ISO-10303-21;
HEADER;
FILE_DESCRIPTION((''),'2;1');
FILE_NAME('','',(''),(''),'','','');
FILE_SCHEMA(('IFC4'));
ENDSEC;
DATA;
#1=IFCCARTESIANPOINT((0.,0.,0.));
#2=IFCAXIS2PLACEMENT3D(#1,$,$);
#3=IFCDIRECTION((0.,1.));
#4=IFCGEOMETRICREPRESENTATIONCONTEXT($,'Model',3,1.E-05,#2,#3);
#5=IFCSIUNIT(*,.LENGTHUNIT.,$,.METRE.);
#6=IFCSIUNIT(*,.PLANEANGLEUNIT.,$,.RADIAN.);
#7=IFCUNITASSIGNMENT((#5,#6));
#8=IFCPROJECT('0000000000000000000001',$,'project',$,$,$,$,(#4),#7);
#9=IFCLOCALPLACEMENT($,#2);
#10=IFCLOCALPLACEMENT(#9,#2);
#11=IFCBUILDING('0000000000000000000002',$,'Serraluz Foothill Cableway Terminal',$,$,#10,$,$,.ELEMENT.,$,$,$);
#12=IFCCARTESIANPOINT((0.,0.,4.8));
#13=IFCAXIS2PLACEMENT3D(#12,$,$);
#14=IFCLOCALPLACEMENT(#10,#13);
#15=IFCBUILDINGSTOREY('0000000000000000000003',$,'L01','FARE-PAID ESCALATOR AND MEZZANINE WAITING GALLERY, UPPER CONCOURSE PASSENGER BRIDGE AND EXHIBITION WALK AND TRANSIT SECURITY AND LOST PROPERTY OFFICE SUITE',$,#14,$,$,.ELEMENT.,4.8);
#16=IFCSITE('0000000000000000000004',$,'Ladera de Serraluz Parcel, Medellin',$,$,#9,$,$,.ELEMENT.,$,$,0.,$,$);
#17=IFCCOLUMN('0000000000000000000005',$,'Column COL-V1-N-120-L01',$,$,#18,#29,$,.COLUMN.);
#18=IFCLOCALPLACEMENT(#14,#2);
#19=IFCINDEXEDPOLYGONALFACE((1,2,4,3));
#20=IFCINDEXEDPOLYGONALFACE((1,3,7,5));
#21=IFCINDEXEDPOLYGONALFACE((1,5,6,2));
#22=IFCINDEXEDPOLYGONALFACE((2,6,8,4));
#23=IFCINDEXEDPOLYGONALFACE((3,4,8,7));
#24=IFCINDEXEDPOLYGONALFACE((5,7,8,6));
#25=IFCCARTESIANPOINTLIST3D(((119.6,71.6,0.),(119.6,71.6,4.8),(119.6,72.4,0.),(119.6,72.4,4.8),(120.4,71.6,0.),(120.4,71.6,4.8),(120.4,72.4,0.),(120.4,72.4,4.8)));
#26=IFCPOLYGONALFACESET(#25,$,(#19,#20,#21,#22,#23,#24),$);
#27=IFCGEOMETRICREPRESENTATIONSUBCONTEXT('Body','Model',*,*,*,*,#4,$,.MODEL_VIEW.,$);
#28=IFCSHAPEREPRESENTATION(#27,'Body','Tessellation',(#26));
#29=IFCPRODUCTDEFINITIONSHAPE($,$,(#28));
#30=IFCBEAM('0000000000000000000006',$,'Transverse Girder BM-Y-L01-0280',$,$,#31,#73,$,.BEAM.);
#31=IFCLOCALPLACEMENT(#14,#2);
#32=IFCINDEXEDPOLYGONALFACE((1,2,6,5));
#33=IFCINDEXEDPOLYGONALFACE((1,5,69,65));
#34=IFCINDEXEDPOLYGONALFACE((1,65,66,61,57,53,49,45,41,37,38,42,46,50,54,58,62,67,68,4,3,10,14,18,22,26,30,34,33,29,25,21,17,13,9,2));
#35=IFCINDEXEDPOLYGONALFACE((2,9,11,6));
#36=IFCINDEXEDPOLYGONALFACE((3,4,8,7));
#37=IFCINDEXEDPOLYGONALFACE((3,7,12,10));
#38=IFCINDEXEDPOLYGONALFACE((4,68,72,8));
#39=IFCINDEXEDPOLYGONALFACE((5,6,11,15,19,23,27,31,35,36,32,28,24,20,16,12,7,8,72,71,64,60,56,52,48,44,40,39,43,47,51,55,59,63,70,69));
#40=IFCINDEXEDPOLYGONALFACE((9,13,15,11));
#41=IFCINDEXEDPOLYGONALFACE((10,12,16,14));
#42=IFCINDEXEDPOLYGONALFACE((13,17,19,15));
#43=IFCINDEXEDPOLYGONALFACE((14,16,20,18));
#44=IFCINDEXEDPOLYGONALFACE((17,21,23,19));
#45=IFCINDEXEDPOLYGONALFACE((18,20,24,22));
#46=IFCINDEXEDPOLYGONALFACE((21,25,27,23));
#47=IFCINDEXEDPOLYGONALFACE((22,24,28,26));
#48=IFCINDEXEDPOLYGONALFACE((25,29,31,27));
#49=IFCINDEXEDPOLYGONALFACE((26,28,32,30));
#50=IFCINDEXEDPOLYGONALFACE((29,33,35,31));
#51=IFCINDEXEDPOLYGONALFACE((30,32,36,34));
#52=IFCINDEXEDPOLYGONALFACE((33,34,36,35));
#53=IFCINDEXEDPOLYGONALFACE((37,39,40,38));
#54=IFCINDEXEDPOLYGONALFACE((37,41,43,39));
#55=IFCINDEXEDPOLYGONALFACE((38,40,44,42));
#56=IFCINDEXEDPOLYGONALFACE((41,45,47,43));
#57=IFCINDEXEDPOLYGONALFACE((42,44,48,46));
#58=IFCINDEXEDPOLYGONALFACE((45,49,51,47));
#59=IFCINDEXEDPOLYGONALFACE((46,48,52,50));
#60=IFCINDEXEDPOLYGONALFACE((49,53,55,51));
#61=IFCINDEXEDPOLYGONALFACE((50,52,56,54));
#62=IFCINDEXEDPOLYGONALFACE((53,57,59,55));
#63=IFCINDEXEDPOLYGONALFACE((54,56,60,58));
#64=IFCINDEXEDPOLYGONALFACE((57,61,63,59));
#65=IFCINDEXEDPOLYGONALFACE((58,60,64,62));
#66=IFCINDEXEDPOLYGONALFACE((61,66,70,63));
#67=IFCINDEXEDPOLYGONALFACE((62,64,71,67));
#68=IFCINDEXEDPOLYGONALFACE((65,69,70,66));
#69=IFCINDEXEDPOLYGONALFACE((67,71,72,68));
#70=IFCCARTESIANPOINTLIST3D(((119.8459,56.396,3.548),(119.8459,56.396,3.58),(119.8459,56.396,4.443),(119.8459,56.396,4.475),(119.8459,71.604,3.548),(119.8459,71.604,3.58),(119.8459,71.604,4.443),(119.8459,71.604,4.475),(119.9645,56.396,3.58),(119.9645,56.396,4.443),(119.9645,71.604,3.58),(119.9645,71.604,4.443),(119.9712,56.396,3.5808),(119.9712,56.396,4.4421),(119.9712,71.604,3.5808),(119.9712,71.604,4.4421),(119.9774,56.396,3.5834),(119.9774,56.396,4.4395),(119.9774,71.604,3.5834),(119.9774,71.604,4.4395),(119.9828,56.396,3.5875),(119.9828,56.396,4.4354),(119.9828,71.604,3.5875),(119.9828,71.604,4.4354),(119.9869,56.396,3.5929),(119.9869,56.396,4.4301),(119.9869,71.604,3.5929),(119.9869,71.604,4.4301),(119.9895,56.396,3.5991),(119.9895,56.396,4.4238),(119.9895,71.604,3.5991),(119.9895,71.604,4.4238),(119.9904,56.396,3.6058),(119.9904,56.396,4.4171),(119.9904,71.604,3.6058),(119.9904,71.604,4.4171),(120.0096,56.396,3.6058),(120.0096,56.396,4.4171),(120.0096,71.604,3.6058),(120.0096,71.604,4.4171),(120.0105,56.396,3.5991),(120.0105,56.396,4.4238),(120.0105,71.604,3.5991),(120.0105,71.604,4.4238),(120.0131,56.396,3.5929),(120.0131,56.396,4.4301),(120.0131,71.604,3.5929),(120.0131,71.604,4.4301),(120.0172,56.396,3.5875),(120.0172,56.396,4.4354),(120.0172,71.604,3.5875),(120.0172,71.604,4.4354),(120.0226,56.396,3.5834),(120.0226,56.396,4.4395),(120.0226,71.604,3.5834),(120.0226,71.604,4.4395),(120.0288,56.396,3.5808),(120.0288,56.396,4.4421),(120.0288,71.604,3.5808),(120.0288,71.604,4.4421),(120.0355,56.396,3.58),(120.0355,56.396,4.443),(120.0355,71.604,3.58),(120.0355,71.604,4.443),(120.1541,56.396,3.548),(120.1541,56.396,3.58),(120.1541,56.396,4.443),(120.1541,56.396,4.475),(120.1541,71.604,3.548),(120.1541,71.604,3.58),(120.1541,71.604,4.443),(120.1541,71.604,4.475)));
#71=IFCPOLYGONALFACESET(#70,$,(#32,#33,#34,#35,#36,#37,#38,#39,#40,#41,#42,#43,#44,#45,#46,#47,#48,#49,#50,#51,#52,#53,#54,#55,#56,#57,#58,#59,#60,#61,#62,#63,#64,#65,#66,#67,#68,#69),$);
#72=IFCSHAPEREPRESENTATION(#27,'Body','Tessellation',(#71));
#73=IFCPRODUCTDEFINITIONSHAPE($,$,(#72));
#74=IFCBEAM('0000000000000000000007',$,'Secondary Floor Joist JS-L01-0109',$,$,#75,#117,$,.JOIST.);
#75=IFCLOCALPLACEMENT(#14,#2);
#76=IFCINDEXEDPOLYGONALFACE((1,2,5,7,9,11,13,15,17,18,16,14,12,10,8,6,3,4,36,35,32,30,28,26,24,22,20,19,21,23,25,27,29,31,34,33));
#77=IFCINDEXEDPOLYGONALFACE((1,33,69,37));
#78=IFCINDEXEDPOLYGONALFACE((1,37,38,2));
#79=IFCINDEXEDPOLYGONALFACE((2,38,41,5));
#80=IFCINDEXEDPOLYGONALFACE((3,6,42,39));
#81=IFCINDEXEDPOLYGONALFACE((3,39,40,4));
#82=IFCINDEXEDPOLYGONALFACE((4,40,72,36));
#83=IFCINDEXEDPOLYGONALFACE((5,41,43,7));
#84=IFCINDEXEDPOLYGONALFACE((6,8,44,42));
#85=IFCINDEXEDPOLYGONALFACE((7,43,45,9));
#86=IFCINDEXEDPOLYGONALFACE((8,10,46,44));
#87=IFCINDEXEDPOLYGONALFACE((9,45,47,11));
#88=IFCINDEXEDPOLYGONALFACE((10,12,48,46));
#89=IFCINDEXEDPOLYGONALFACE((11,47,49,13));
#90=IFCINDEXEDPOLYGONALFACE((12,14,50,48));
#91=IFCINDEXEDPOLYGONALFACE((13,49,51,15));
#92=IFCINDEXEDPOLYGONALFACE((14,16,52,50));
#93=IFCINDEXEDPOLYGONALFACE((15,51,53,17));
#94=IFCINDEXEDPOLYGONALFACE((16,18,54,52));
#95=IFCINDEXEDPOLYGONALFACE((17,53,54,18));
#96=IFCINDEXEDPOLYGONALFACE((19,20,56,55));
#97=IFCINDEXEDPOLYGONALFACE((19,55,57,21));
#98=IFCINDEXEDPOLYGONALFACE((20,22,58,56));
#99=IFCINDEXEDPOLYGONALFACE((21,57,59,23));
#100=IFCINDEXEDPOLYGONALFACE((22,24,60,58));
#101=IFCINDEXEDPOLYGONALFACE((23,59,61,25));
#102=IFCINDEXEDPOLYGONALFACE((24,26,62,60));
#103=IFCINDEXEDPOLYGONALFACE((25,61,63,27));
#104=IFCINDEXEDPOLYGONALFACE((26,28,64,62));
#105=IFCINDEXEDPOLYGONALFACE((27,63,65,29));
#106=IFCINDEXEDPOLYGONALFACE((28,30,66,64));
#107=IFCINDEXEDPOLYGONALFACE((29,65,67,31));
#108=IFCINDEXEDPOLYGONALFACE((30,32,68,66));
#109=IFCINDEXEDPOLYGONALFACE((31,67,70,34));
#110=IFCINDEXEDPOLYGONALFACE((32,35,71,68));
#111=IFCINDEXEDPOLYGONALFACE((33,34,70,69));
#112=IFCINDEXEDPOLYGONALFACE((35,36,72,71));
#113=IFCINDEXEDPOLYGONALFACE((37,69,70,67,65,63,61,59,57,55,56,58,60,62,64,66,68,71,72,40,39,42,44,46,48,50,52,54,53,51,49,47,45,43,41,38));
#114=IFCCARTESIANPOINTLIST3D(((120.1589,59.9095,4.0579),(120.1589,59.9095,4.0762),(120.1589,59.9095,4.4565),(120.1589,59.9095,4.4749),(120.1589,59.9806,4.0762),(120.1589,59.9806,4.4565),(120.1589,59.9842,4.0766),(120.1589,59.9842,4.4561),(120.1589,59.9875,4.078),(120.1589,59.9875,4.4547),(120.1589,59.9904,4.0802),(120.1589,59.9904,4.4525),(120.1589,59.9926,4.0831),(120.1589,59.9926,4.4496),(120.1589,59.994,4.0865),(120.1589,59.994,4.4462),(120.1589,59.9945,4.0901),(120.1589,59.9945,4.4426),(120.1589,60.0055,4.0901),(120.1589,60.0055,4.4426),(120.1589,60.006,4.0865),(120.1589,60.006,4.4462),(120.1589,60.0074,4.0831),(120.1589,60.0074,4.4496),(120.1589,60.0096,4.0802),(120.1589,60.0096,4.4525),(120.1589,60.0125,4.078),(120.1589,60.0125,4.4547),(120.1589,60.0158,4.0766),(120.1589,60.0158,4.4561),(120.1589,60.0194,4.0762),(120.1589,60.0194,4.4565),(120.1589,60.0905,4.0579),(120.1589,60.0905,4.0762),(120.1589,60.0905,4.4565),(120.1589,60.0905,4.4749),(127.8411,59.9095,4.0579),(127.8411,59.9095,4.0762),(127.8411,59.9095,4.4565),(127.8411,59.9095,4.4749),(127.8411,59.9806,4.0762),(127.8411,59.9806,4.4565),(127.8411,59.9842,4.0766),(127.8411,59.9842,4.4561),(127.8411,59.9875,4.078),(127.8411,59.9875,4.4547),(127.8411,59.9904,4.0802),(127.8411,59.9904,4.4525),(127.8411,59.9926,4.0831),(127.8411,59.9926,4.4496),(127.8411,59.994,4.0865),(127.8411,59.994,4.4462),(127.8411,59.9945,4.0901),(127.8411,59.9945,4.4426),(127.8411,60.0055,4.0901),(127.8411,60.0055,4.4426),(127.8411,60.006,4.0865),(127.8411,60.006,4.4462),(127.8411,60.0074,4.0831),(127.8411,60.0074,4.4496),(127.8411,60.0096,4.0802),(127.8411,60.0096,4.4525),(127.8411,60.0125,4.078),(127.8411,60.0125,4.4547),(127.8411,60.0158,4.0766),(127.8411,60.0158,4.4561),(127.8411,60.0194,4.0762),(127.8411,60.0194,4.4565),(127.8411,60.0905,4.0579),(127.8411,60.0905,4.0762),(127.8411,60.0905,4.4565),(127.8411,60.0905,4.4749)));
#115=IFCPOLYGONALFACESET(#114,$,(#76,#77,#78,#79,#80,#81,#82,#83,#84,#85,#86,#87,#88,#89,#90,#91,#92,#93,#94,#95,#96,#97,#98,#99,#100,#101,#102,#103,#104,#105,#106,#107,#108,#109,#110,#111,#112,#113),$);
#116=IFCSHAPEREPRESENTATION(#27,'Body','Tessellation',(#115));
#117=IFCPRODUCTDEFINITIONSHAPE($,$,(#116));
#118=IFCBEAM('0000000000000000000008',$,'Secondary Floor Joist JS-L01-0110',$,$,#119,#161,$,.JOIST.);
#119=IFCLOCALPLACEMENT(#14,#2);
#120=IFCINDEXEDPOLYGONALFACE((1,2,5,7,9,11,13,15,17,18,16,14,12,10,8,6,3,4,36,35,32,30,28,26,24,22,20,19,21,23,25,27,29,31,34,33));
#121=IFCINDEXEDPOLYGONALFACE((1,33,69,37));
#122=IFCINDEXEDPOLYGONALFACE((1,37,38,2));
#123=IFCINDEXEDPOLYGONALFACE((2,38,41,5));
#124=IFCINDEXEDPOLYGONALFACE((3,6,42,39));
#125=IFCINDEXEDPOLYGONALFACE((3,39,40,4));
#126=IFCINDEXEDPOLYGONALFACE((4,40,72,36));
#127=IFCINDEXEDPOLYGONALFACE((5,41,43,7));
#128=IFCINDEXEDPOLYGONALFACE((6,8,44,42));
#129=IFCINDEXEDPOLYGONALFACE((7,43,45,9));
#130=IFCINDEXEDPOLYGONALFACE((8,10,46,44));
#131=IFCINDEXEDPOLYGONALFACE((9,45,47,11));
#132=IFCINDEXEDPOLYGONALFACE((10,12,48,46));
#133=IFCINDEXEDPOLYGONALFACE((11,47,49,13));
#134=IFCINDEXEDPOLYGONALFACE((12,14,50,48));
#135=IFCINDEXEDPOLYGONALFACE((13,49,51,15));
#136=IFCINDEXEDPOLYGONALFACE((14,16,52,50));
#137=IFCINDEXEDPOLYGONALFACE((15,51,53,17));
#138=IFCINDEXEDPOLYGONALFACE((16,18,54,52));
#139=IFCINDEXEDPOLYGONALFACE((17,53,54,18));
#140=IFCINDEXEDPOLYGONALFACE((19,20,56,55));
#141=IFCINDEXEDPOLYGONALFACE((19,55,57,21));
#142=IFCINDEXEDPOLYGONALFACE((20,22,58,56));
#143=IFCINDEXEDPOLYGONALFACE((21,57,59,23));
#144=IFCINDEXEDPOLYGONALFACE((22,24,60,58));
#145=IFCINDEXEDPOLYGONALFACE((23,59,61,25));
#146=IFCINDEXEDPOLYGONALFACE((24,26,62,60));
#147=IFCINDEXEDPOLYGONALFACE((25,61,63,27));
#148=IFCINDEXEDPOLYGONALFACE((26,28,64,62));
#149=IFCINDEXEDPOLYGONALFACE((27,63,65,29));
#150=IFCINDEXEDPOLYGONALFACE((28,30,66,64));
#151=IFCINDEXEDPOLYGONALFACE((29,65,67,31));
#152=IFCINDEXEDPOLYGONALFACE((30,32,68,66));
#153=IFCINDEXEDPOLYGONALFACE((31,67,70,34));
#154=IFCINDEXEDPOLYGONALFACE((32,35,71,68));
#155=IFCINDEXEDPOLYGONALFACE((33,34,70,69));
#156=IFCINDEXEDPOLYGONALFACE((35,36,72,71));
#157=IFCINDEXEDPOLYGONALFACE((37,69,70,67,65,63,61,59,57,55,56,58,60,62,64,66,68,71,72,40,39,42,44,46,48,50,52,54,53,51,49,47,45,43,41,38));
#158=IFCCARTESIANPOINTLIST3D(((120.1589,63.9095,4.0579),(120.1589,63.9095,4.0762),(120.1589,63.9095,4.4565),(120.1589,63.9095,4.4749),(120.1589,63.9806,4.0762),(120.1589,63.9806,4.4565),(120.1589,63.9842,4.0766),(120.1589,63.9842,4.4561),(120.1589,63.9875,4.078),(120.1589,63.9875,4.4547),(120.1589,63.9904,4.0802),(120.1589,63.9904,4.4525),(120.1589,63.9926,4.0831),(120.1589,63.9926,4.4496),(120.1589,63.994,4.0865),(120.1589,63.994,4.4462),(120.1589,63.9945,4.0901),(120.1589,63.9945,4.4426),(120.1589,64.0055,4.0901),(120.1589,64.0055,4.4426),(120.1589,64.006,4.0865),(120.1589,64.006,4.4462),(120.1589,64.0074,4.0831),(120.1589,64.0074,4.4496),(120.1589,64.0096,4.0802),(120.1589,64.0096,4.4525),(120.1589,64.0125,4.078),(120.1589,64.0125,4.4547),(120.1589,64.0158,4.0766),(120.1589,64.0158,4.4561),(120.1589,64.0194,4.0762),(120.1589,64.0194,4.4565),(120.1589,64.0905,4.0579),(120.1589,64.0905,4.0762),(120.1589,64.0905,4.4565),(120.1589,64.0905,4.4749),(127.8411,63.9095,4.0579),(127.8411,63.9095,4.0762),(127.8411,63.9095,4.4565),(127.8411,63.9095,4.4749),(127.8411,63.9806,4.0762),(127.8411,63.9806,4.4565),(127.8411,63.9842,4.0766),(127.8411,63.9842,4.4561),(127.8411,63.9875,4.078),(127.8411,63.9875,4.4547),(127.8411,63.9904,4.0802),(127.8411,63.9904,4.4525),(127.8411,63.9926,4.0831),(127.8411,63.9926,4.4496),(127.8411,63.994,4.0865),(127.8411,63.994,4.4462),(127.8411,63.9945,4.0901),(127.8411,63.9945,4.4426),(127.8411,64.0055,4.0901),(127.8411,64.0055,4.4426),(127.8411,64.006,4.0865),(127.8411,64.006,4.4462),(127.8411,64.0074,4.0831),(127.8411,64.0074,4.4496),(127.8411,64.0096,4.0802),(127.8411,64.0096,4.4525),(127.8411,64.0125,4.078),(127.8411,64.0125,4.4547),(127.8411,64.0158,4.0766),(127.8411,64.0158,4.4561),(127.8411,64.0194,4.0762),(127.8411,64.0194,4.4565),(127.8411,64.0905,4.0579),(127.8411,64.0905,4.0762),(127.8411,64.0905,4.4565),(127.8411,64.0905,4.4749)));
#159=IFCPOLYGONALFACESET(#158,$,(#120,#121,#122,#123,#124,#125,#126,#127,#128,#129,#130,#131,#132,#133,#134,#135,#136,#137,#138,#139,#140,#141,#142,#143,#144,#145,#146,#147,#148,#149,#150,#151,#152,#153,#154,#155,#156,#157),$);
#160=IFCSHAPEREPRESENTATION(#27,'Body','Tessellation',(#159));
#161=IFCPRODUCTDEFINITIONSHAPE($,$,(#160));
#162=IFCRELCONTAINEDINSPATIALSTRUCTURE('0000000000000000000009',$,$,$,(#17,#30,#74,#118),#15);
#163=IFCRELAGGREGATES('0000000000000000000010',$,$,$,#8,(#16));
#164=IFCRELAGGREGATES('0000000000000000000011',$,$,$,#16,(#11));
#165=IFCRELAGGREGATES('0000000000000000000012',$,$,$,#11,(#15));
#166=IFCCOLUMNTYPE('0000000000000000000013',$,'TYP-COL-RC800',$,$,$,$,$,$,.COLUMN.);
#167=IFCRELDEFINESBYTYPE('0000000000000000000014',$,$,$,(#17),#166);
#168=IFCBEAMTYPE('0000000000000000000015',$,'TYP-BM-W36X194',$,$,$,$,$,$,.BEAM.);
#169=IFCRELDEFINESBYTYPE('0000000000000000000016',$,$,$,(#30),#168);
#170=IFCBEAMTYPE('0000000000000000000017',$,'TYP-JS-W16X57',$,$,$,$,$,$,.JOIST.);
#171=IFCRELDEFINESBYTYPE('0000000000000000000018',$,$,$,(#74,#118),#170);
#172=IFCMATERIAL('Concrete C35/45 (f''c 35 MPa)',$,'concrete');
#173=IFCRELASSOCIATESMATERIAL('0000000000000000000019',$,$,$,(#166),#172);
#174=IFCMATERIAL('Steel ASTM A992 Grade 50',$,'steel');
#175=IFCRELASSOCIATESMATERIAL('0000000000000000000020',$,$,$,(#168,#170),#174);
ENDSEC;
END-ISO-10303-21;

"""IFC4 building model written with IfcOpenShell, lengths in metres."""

from ifc_helpers import new_model, si_unit, direction, frame, origin, origin_2d, place, context, subcontext, project, spatial, rectangle, i_section, extrude, material, material_profile, profile_set, type_object, element, save


model = new_model("IFC4")

# Units and contexts
model_context = context("Model", 3, precision=1e-05, world=origin(), true_north=direction((0.0, 1.0)))
body_context = subcontext(model_context, "Body", "Model", "MODEL_VIEW")
ifc_project = project(units=[si_unit("LENGTHUNIT", "METRE"), si_unit("PLANEANGLEUNIT", "RADIAN")], contexts=[model_context])

# Site, building, storey
site_placement = place(None, origin())
site = spatial("IfcSite", under=ifc_project, at=site_placement, Name="Ladera de Serraluz Parcel, Medellin", CompositionType="ELEMENT", RefElevation=0.0)
building_placement = place(site_placement, origin())
building = spatial("IfcBuilding", under=site, at=building_placement, Name="Serraluz Foothill Cableway Terminal", CompositionType="ELEMENT")
storey_placement = place(building_placement, frame((0.0, 0.0, 4.8)))
storey = spatial("IfcBuildingStorey", under=building, at=storey_placement, Name="L01", Description="FARE-PAID ESCALATOR AND MEZZANINE WAITING GALLERY, UPPER CONCOURSE PASSENGER BRIDGE AND EXHIBITION WALK AND TRANSIT SECURITY AND LOST PROPERTY OFFICE SUITE", CompositionType="ELEMENT", Elevation=4.8)

# Column
ifc_material_1 = material(Name="Concrete C35/45 (f'c 35 MPa)", Category="concrete")
ifc_material_profile_1 = material_profile(ifc_material_1, rectangle(XDim=0.8, YDim=0.8, at=origin_2d()), Name="RC 800x800")
ifc_profile_set_1 = profile_set([ifc_material_profile_1], Name="Concrete C35/45 (f'c 35 MPa)")
column_type = type_object("IfcColumnType", Name="TYP-COL-RC800", PredefinedType="COLUMN", material=ifc_profile_set_1)
column_placement = place(storey_placement, frame((120.0, 72.0, 0.0), z_axis=(0.0, 0.0, 1.0), x_axis=(1.0, 0.0, 0.0)))
element("IfcColumn", 1, at=column_placement, inside=storey, type_object=column_type, Name="Column COL-V1-N-120-L01", PredefinedType="COLUMN", context=body_context, shape_type="SweptSolid", body=[
    extrude(rectangle(XDim=0.8, YDim=0.8, at=origin_2d()), origin(), (0.0, 0.0, 1.0), 4.8),
])

# Beams
ifc_material_2 = material(Name="Steel ASTM A992 Grade 50", Category="steel")
ifc_material_profile_2 = material_profile(ifc_material_2, i_section(OverallWidth=0.3081, OverallDepth=0.927, WebThickness=0.0193, FlangeThickness=0.032, FilletRadius=0.0259, at=origin_2d()), Name="W36X194")
ifc_profile_set_2 = profile_set([ifc_material_profile_2], Name="Steel ASTM A992 Grade 50")
beam_type_1 = type_object("IfcBeamType", Name="TYP-BM-W36X194", PredefinedType="BEAM", material=ifc_profile_set_2)
beam_placement = place(storey_placement, frame((120.0, 56.396, 4.0115), z_axis=(0.0, 1.0, 0.0), x_axis=(-1.0, 0.0, 0.0)))
element("IfcBeam", 2, at=beam_placement, inside=storey, type_object=beam_type_1, Name="Transverse Girder BM-Y-L01-0280", PredefinedType="BEAM", context=body_context, shape_type="SweptSolid", body=[
    extrude(i_section(OverallWidth=0.3081, OverallDepth=0.927, WebThickness=0.0193, FlangeThickness=0.032, FilletRadius=0.0259, at=origin_2d()), origin(), (0.0, 0.0, 1.0), 15.208),
])
ifc_material_profile_3 = material_profile(ifc_material_2, i_section(OverallWidth=0.1809, OverallDepth=0.417, WebThickness=0.011, FlangeThickness=0.0183, FilletRadius=0.0139, at=origin_2d()), Name="W16X57")
ifc_profile_set_3 = profile_set([ifc_material_profile_3], Name="Steel ASTM A992 Grade 50")
beam_type_2 = type_object("IfcBeamType", Name="TYP-JS-W16X57", PredefinedType="JOIST", material=ifc_profile_set_3)
for number, where, z_axis, x_axis, name in (
    (3, (120.1589, 60.0, 4.2664), (1.0, 0.0, 0.0), (0.0, 1.0, 0.0), "Secondary Floor Joist JS-L01-0109"),
    (4, (120.1589, 64.0, 4.2664), (1.0, 0.0, 0.0), (0.0, 1.0, 0.0), "Secondary Floor Joist JS-L01-0110"),
):
    element("IfcBeam", number, at=place(storey_placement, frame(where, z_axis=z_axis, x_axis=x_axis)), inside=storey, type_object=beam_type_2, Name=name, PredefinedType="JOIST", context=body_context, shape_type="SweptSolid", body=[
        extrude(i_section(OverallWidth=0.1809, OverallDepth=0.417, WebThickness=0.011, FlangeThickness=0.0183, FilletRadius=0.0139, at=origin_2d()), origin(), (0.0, 0.0, 1.0), 7.6821),
    ])

save(model, "model.ifc")
